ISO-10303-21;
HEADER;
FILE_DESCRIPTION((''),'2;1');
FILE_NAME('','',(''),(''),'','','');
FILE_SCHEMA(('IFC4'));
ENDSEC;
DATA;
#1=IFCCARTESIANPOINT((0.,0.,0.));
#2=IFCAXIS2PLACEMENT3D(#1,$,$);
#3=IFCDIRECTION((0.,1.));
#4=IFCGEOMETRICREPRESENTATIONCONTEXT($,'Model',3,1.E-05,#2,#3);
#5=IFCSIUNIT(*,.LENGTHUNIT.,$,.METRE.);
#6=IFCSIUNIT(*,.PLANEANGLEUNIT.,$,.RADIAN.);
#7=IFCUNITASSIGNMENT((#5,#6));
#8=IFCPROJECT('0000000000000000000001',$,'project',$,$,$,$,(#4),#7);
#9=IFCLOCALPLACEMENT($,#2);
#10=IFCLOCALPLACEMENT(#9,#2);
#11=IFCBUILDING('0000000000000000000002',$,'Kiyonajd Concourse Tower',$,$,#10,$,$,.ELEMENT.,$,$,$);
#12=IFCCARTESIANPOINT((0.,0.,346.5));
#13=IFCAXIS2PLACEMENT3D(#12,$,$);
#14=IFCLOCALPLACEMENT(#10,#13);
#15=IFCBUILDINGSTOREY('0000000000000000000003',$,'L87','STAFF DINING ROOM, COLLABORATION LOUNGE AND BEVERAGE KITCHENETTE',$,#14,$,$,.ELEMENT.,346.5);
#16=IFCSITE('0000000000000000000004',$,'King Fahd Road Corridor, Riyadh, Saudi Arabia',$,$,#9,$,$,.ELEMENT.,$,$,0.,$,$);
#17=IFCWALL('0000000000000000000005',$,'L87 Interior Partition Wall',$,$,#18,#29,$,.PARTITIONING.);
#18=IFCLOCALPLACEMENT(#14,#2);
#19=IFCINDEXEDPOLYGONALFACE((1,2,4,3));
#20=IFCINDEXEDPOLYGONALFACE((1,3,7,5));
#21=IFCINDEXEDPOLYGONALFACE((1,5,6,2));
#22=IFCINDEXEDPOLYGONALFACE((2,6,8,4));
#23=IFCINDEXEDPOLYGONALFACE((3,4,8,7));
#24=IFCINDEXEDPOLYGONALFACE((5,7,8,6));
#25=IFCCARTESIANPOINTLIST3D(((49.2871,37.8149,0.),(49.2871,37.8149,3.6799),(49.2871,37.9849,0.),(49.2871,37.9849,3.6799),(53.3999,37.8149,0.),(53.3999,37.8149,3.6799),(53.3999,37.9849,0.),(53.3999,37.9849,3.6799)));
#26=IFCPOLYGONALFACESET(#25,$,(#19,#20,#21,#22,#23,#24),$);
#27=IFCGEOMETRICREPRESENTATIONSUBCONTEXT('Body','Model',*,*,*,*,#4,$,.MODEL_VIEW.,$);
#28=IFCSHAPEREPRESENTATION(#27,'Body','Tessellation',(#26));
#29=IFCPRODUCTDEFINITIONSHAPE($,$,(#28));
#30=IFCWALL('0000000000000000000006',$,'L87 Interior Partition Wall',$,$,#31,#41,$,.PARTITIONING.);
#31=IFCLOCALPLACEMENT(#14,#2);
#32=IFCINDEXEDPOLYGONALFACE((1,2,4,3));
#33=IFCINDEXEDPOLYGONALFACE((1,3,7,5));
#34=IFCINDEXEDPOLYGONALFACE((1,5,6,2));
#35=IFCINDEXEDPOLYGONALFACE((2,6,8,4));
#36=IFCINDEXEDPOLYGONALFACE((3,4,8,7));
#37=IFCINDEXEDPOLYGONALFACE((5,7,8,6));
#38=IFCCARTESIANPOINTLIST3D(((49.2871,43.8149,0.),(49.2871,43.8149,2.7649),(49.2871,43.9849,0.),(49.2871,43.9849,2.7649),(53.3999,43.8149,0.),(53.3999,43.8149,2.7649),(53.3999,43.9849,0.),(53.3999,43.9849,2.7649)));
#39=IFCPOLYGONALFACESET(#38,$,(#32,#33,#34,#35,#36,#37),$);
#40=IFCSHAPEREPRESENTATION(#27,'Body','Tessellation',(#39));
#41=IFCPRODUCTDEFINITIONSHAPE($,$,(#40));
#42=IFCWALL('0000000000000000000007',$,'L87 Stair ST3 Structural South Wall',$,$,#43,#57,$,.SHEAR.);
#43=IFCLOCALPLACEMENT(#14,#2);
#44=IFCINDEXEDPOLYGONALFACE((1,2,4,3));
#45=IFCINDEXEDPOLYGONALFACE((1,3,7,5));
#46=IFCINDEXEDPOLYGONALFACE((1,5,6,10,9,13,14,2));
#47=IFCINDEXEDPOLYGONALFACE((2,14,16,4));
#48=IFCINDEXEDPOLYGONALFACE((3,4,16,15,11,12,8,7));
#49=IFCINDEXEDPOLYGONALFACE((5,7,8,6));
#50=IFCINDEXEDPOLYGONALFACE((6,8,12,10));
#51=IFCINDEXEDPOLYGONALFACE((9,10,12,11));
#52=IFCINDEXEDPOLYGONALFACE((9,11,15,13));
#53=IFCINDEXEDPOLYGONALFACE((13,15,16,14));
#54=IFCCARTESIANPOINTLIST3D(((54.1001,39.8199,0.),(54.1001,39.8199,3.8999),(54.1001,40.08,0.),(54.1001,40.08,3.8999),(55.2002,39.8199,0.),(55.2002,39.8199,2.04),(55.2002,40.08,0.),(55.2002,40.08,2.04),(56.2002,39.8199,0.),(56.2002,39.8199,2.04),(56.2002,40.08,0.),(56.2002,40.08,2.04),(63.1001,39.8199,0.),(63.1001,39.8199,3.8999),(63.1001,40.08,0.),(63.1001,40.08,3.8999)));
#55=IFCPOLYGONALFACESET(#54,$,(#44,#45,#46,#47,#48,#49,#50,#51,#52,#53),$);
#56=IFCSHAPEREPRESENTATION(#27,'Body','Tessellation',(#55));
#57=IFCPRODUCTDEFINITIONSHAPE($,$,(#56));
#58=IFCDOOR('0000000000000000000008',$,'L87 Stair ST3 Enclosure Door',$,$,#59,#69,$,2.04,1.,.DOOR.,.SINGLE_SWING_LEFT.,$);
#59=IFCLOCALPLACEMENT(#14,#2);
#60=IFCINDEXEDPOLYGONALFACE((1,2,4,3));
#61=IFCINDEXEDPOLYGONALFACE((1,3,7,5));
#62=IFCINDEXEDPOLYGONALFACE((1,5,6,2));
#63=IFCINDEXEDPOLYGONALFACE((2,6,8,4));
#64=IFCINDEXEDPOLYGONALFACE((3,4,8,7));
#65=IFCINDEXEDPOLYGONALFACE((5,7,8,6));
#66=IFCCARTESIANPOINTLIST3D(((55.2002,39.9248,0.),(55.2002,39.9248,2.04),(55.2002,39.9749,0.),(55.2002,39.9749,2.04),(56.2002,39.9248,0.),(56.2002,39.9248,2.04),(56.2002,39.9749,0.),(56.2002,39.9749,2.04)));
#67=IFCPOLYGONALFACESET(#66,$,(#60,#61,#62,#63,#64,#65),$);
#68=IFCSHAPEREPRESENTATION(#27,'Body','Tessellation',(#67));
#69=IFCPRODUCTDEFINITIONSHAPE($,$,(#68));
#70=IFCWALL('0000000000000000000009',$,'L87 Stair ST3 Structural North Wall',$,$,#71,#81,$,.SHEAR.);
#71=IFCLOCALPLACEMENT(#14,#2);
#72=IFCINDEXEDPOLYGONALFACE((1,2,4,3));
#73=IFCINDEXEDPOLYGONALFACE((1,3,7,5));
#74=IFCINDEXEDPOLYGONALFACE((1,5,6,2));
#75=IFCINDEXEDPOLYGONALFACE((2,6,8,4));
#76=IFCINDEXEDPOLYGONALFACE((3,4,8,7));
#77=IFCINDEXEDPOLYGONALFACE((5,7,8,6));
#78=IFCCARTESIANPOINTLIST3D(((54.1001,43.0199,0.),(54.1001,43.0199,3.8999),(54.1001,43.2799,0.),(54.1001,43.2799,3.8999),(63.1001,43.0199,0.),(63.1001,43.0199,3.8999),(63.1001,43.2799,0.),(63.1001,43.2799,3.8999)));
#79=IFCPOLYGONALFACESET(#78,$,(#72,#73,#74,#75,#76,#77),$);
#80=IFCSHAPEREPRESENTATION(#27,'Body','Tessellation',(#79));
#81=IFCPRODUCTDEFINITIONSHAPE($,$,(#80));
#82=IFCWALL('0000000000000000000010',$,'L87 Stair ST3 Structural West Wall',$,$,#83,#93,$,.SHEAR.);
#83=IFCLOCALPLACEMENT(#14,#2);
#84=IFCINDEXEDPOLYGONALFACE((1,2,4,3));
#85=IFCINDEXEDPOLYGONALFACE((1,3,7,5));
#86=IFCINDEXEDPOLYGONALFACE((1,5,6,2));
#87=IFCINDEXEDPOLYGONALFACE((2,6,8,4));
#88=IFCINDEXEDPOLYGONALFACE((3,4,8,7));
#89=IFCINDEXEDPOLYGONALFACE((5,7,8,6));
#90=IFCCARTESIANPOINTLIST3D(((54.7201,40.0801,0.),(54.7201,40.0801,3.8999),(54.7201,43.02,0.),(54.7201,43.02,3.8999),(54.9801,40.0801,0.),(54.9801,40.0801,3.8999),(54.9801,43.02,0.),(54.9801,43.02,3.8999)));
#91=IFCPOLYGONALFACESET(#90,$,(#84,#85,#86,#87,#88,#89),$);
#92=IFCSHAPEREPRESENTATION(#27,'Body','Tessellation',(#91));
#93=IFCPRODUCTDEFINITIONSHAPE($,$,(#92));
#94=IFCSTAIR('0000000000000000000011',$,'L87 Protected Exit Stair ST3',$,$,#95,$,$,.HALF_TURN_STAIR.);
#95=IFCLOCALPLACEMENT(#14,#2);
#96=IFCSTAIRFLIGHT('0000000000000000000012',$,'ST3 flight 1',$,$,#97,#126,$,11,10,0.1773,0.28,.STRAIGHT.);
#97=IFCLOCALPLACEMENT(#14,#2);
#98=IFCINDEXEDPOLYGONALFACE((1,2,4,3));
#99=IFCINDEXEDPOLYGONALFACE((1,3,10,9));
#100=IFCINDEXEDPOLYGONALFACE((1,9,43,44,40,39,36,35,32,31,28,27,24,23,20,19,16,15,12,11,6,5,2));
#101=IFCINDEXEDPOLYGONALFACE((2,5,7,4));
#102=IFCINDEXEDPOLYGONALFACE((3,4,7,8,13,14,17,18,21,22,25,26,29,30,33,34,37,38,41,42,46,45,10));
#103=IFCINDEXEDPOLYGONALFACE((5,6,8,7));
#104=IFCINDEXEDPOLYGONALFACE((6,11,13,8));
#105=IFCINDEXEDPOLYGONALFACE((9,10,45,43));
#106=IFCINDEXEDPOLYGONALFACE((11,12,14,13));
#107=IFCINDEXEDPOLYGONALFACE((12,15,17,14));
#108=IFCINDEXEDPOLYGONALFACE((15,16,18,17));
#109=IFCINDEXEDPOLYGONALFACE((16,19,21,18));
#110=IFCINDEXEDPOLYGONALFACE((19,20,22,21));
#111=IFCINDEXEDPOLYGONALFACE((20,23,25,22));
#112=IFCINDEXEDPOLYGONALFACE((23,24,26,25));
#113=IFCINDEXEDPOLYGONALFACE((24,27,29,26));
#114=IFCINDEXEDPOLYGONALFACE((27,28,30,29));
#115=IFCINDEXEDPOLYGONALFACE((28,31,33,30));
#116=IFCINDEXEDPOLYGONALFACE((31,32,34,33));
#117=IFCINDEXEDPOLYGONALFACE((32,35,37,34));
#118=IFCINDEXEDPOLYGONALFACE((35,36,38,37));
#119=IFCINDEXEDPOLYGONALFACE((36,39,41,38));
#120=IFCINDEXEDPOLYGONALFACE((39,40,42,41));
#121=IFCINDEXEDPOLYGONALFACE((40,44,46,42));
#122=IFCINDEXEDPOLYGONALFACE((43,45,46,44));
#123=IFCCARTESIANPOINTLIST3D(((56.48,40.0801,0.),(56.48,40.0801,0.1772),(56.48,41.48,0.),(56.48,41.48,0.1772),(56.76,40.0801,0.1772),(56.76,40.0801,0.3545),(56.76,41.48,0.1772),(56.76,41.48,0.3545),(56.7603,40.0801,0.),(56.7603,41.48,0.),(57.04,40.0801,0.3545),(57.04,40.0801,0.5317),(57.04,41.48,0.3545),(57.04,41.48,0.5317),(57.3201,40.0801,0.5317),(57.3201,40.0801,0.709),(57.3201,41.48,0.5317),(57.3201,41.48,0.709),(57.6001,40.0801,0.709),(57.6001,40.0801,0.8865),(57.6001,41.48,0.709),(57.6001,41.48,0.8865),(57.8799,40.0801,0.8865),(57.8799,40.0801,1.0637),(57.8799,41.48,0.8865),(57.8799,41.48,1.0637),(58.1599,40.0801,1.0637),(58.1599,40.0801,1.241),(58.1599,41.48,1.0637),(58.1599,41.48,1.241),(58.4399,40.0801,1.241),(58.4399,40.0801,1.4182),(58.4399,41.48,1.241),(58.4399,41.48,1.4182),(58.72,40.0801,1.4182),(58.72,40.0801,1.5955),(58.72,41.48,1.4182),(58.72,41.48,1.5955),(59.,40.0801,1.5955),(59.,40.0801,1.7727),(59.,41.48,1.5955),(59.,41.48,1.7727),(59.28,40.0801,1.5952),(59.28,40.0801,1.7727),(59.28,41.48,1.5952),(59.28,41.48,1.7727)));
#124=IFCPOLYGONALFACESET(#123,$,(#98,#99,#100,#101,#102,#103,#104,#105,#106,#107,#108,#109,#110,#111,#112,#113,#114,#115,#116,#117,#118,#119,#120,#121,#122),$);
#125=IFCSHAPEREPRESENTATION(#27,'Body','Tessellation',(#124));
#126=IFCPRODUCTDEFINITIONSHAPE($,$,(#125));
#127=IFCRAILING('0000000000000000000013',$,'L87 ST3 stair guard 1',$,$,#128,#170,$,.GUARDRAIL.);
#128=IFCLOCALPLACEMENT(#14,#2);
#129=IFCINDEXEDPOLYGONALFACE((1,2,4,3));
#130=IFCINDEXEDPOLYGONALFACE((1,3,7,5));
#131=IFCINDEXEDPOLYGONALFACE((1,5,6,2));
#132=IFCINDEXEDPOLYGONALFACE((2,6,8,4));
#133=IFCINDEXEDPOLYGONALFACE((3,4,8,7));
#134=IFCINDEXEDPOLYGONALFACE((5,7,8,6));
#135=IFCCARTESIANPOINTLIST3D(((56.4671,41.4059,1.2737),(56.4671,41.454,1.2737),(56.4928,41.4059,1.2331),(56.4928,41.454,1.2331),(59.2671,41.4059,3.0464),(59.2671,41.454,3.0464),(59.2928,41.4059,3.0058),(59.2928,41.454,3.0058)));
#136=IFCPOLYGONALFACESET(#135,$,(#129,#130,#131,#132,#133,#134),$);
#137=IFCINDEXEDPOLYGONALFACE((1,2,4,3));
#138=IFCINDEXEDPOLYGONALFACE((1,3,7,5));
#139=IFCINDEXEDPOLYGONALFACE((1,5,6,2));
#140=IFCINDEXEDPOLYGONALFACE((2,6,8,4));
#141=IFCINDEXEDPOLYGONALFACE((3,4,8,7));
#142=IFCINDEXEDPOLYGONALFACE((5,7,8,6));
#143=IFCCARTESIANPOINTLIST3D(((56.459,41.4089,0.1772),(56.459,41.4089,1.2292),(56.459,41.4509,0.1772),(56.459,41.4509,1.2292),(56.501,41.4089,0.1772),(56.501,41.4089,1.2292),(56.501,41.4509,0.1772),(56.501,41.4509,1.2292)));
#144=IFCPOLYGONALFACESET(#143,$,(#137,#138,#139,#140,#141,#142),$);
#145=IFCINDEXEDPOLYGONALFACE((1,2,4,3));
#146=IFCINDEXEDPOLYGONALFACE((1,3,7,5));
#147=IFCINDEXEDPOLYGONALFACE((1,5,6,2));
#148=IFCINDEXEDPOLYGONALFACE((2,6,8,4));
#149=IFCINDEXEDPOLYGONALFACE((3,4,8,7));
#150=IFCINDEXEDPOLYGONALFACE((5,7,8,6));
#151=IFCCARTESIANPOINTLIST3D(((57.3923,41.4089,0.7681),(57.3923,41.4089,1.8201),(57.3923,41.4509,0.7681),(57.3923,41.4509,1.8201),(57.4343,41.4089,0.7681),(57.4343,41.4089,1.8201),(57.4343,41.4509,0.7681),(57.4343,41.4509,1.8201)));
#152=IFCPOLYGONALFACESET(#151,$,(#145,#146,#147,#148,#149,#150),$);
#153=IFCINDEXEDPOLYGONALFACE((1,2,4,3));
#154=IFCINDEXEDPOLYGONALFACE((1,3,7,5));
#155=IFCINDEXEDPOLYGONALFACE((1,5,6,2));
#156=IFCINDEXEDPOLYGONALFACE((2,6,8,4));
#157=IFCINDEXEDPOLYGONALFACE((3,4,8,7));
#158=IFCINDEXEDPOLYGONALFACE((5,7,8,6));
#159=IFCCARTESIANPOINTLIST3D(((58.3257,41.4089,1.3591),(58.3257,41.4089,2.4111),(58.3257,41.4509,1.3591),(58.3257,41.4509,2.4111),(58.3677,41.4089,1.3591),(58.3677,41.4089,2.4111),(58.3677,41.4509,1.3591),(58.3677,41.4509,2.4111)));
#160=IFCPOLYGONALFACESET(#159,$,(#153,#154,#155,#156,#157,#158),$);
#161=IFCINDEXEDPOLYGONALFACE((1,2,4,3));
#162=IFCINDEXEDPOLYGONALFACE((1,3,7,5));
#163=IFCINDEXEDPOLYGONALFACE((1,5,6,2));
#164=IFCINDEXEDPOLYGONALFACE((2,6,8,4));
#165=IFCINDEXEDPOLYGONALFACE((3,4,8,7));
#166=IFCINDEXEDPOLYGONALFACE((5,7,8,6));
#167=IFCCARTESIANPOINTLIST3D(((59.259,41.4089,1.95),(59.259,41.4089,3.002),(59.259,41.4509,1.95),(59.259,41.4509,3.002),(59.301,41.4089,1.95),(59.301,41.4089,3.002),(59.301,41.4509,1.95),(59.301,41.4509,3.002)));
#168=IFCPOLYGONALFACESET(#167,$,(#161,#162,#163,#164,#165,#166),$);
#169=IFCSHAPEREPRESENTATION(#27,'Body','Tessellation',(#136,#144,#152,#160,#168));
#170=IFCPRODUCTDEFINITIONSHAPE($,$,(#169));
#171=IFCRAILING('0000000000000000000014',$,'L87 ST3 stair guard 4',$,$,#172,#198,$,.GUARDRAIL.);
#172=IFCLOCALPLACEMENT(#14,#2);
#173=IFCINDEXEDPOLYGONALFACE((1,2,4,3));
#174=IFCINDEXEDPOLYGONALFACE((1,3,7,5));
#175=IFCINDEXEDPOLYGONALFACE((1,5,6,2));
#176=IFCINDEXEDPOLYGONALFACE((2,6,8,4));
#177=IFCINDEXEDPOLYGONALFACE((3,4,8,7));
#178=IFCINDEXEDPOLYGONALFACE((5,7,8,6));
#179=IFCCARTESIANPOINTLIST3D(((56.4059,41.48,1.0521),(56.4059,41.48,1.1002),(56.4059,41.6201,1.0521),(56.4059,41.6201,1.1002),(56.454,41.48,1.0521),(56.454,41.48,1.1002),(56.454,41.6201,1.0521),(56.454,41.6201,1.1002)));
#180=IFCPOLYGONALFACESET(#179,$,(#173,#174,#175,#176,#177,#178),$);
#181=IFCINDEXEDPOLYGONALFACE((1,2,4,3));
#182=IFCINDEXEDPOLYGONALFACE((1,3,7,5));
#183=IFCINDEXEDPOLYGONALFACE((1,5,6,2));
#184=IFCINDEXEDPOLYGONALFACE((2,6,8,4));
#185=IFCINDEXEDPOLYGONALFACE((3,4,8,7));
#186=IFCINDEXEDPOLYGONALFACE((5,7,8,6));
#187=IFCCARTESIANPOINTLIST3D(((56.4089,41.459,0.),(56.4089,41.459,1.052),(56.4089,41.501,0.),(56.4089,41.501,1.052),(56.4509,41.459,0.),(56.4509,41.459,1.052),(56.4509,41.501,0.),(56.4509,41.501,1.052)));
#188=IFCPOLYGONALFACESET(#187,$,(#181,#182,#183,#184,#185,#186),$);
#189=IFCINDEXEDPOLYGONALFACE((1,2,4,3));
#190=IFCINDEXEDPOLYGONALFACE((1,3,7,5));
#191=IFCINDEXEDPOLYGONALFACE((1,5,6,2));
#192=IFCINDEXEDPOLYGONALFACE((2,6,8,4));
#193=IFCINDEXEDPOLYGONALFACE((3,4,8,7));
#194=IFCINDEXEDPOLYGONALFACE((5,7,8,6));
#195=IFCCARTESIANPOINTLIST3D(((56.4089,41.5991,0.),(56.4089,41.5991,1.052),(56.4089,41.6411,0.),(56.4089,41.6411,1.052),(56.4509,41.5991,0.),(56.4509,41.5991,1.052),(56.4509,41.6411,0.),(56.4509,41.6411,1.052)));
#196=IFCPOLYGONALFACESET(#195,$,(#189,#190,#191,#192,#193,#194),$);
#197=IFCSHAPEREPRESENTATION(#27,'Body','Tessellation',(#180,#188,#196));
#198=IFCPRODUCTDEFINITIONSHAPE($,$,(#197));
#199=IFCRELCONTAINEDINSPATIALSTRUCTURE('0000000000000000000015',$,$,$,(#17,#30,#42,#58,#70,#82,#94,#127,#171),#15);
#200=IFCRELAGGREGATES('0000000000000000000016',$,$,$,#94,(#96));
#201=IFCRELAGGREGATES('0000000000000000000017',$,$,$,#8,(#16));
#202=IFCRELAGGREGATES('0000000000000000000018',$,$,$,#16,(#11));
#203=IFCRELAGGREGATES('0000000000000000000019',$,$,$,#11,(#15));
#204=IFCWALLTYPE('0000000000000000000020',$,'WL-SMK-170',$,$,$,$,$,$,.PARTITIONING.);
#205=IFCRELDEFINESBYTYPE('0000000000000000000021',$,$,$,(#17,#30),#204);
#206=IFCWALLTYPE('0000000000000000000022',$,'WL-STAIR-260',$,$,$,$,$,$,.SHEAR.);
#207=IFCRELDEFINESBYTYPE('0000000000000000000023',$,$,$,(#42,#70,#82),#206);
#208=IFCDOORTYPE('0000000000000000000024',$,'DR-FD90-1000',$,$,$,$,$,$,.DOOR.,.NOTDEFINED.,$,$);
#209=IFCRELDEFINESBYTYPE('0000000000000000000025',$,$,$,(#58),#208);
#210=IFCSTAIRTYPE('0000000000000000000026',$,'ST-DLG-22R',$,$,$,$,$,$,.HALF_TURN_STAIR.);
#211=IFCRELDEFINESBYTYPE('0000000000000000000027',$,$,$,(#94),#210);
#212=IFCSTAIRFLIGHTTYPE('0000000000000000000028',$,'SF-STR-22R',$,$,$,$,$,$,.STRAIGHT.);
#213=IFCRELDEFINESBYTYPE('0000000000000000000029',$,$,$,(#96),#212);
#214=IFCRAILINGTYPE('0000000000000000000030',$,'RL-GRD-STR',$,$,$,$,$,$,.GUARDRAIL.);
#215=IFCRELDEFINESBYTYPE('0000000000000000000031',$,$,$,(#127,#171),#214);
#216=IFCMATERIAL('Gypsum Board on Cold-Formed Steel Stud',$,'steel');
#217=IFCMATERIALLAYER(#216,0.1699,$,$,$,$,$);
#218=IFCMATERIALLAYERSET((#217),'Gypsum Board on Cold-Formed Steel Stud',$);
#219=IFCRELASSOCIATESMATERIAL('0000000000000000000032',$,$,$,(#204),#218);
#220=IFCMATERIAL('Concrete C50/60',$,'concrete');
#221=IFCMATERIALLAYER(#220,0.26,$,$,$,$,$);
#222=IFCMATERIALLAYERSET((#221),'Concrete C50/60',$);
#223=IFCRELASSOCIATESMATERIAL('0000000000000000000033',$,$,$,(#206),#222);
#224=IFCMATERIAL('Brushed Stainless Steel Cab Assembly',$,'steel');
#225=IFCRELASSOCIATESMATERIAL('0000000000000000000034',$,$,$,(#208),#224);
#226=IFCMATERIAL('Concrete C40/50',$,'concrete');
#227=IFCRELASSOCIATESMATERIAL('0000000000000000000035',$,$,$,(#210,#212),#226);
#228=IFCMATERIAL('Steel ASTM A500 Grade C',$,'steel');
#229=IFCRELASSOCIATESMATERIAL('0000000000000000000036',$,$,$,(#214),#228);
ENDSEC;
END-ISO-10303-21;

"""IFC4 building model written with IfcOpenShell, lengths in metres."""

from ifc_helpers import new_model, si_unit, direction, frame, frame_2d, origin, origin_2d, place, context, subcontext, project, spatial, polyline, rectangle, outline, extrude, material, layer, layer_set, type_object, element, fill, aggregate, save


model = new_model("IFC4")

# Units and contexts
model_context = context("Model", 3, precision=1e-05, world=origin(), true_north=direction((0.0, 1.0)))
body_context = subcontext(model_context, "Body", "Model", "MODEL_VIEW")
ifc_project = project(units=[si_unit("LENGTHUNIT", "METRE"), si_unit("PLANEANGLEUNIT", "RADIAN")], contexts=[model_context])

# Site, building, storey
site_placement = place(None, origin())
site = spatial("IfcSite", under=ifc_project, at=site_placement, Name="King Fahd Road Corridor, Riyadh, Saudi Arabia", CompositionType="ELEMENT", RefElevation=0.0)
building_placement = place(site_placement, origin())
building = spatial("IfcBuilding", under=site, at=building_placement, Name="Kiyonajd Concourse Tower", CompositionType="ELEMENT")
storey_placement = place(building_placement, frame((0.0, 0.0, 346.5)))
storey = spatial("IfcBuildingStorey", under=building, at=storey_placement, Name="L87", Description="STAFF DINING ROOM, COLLABORATION LOUNGE AND BEVERAGE KITCHENETTE", CompositionType="ELEMENT", Elevation=346.5)

# Shared definitions
ifc_material_1 = material(Name="Concrete C50/60", Category="concrete")

# Shared definitions
ifc_material_2 = material(Name="Gypsum Board on Cold-Formed Steel Stud", Category="steel")

# Shared definitions
ifc_material_3 = material(Name="Brushed Stainless Steel Cab Assembly", Category="steel")

# Shared definitions
ifc_layer_1 = layer(ifc_material_2, 0.1699)
ifc_layer_set_1 = layer_set([ifc_layer_1], Name="Gypsum Board on Cold-Formed Steel Stud")
wall_type_1 = type_object("IfcWallType", Name="WL-SMK-170", PredefinedType="PARTITIONING", material=ifc_layer_set_1)

# Walls
wall_1_placement = place(storey_placement, frame((49.2871, 37.8999, 0.0), z_axis=(0.0, 0.0, 1.0), x_axis=(1.0, 0.0, 0.0)))
element("IfcWall", 1, at=wall_1_placement, inside=storey, type_object=wall_type_1, Name="L87 Interior Partition Wall", PredefinedType="PARTITIONING", context=body_context, shape_type="SweptSolid", body=[
    extrude(rectangle(XDim=4.1128, YDim=0.1699, at=frame_2d((2.0564, 0.0))), origin(), (0.0, 0.0, 1.0), 3.6799),
])
wall_2_placement = place(storey_placement, frame((49.2871, 43.8999, 0.0), z_axis=(0.0, 0.0, 1.0), x_axis=(1.0, 0.0, 0.0)))
element("IfcWall", 2, at=wall_2_placement, inside=storey, type_object=wall_type_1, Name="L87 Interior Partition Wall", PredefinedType="PARTITIONING", context=body_context, shape_type="SweptSolid", body=[
    extrude(rectangle(XDim=4.1128, YDim=0.1699, at=frame_2d((2.0564, 0.0))), origin(), (0.0, 0.0, 1.0), 2.7649),
])

# Wall, opening, door
ifc_layer_2 = layer(ifc_material_1, 0.26)
ifc_layer_set_2 = layer_set([ifc_layer_2], Name="Concrete C50/60")
wall_type_2 = type_object("IfcWallType", Name="WL-STAIR-260", PredefinedType="SHEAR", material=ifc_layer_set_2)
wall_3_placement = place(storey_placement, frame((54.1001, 39.95, 0.0), z_axis=(0.0, 0.0, 1.0), x_axis=(1.0, 0.0, 0.0)))
wall_3 = element("IfcWall", 3, at=wall_3_placement, inside=storey, type_object=wall_type_2, Name="L87 Stair ST3 Structural South Wall", PredefinedType="SHEAR", context=body_context, shape_type="SweptSolid", body=[
    extrude(rectangle(XDim=9.0, YDim=0.26, at=frame_2d((4.5, 0.0))), origin(), (0.0, 0.0, 1.0), 3.8999),
])
opening_1_placement = place(wall_3_placement, frame((1.1001, 0.0, 0.0)))
opening_1 = element("IfcOpeningElement", 4, at=opening_1_placement, cuts=wall_3, PredefinedType="OPENING", context=body_context, shape_type="SweptSolid", body=[
    extrude(rectangle(XDim=1.0, YDim=2.04, at=frame_2d((0.5, 1.02))), frame((0.0, 0.1399, 0.0), z_axis=(0.0, -1.0, 0.0), x_axis=(1.0, 0.0, 0.0)), (0.0, 0.0, 1.0), 0.28),
])
door_type_1 = type_object("IfcDoorType", Name="DR-FD90-1000", OperationType="NOTDEFINED", PredefinedType="DOOR", material=ifc_material_3)
door_1_placement = place(opening_1_placement, origin())
door_1 = element("IfcDoor", 5, at=door_1_placement, inside=storey, type_object=door_type_1, Name="L87 Stair ST3 Enclosure Door", OperationType="SINGLE_SWING_LEFT", OverallHeight=2.04, OverallWidth=1.0, PredefinedType="DOOR", context=body_context, shape_type="SweptSolid", body=[
    extrude(rectangle(XDim=1.0, YDim=2.04, at=frame_2d((0.5, 1.02))), frame((0.0, 0.0249, 0.0), z_axis=(0.0, -1.0, 0.0), x_axis=(1.0, 0.0, 0.0)), (0.0, 0.0, 1.0), 0.05),
])
fill(opening_1, door_1)

# Walls
wall_4_placement = place(storey_placement, frame((54.1001, 43.1499, 0.0), z_axis=(0.0, 0.0, 1.0), x_axis=(1.0, 0.0, 0.0)))
element("IfcWall", 6, at=wall_4_placement, inside=storey, type_object=wall_type_2, Name="L87 Stair ST3 Structural North Wall", PredefinedType="SHEAR", context=body_context, shape_type="SweptSolid", body=[
    extrude(rectangle(XDim=9.0, YDim=0.26, at=frame_2d((4.5, 0.0))), origin(), (0.0, 0.0, 1.0), 3.8999),
])
wall_5_placement = place(storey_placement, frame((54.8501, 40.0801, 0.0), z_axis=(0.0, 0.0, 1.0), x_axis=(0.0, 1.0, 0.0)))
element("IfcWall", 7, at=wall_5_placement, inside=storey, type_object=wall_type_2, Name="L87 Stair ST3 Structural West Wall", PredefinedType="SHEAR", context=body_context, shape_type="SweptSolid", body=[
    extrude(rectangle(XDim=2.9399, YDim=0.26, at=frame_2d((1.47, 0.0))), origin(), (0.0, 0.0, 1.0), 3.8999),
])

# Stair, stair flight
ifc_material_4 = material(Name="Concrete C40/50", Category="concrete")
stair_type = type_object("IfcStairType", Name="ST-DLG-22R", PredefinedType="HALF_TURN_STAIR", material=ifc_material_4)
stair_placement = place(storey_placement, origin())
stair = element("IfcStair", 8, at=stair_placement, inside=storey, type_object=stair_type, Name="L87 Protected Exit Stair ST3", PredefinedType="HALF_TURN_STAIR")
stair_flight_type = type_object("IfcStairFlightType", Name="SF-STR-22R", PredefinedType="STRAIGHT", material=ifc_material_4)
stair_flight_placement = place(storey_placement, frame((56.48, 40.78, 0.0), z_axis=(0.0, 0.0, 1.0), x_axis=(1.0, 0.0, 0.0)))
stair_flight = element("IfcStairFlight", 9, at=stair_flight_placement, type_object=stair_flight_type, Name="ST3 flight 1", NumberOfRisers=11, NumberOfTreads=10, PredefinedType="STRAIGHT", RiserHeight=0.1773, TreadLength=0.28, context=body_context, shape_type="SweptSolid", body=[
    extrude(outline(polyline([(0.0, 0.0), (0.0, 0.1772), (0.28, 0.1772), (0.28, 0.3545), (0.5601, 0.3545), (0.5601, 0.5317), (0.8401, 0.5317), (0.8401, 0.709), (1.1201, 0.709), (1.1201, 0.8865), (1.3999, 0.8865), (1.3999, 1.0637), (1.6799, 1.0637), (1.6799, 1.241), (1.96, 1.241), (1.96, 1.4182), (2.24, 1.4182), (2.24, 1.5955), (2.52, 1.5955), (2.52, 1.7727), (2.8, 1.7727), (2.8, 1.95), (2.8, 1.5952), (0.2803, 0.0), (0.0, 0.0)])), frame((0.0, 0.7, 0.0), z_axis=(0.0, -1.0, 0.0), x_axis=(1.0, 0.0, 0.0)), (0.0, 0.0, 1.0), 1.3999),
])
aggregate(stair, [stair_flight])

# Railings
ifc_material_5 = material(Name="Steel ASTM A500 Grade C", Category="steel")
railing_type_1 = type_object("IfcRailingType", Name="RL-GRD-STR", PredefinedType="GUARDRAIL", material=ifc_material_5)
railing_1_placement = place(storey_placement, frame((56.48, 41.4299, 0.1772)))
element("IfcRailing", 10, at=railing_1_placement, inside=storey, type_object=railing_type_1, Name="L87 ST3 stair guard 1", PredefinedType="GUARDRAIL", context=body_context, shape_type="SweptSolid", body=[
    extrude(rectangle(XDim=0.0481, YDim=0.0481, at=origin_2d()), frame((0.0, 0.0, 1.0762), z_axis=(0.844909, 0.0, 0.53491), x_axis=(0.0, 1.0, 0.0)), (0.0, 0.0, 1.0), 3.314),
    extrude(rectangle(XDim=0.042, YDim=0.042, at=origin_2d()), origin(), (0.0, 0.0, 1.0), 1.052),
    extrude(rectangle(XDim=0.042, YDim=0.042, at=origin_2d()), frame((0.9333, 0.0, 0.5908)), (0.0, 0.0, 1.0), 1.052),
    extrude(rectangle(XDim=0.042, YDim=0.042, at=origin_2d()), frame((1.8667, 0.0, 1.1819)), (0.0, 0.0, 1.0), 1.052),
    extrude(rectangle(XDim=0.042, YDim=0.042, at=origin_2d()), frame((2.8, 0.0, 1.7727)), (0.0, 0.0, 1.0), 1.052),
])
railing_2_placement = place(storey_placement, frame((56.4299, 41.48, 0.0)))
element("IfcRailing", 11, at=railing_2_placement, inside=storey, type_object=railing_type_1, Name="L87 ST3 stair guard 4", PredefinedType="GUARDRAIL", context=body_context, shape_type="SweptSolid", body=[
    extrude(rectangle(XDim=0.0481, YDim=0.0481, at=origin_2d()), frame((0.0, 0.0, 1.0762), z_axis=(0.0, 1.0, 0.0), x_axis=(-1.0, 0.0, 0.0)), (0.0, 0.0, 1.0), 0.1401),
    extrude(rectangle(XDim=0.042, YDim=0.042, at=origin_2d()), origin(), (0.0, 0.0, 1.0), 1.052),
    extrude(rectangle(XDim=0.042, YDim=0.042, at=origin_2d()), frame((0.0, 0.1401, 0.0)), (0.0, 0.0, 1.0), 1.052),
])

save(model, "model.ifc")
